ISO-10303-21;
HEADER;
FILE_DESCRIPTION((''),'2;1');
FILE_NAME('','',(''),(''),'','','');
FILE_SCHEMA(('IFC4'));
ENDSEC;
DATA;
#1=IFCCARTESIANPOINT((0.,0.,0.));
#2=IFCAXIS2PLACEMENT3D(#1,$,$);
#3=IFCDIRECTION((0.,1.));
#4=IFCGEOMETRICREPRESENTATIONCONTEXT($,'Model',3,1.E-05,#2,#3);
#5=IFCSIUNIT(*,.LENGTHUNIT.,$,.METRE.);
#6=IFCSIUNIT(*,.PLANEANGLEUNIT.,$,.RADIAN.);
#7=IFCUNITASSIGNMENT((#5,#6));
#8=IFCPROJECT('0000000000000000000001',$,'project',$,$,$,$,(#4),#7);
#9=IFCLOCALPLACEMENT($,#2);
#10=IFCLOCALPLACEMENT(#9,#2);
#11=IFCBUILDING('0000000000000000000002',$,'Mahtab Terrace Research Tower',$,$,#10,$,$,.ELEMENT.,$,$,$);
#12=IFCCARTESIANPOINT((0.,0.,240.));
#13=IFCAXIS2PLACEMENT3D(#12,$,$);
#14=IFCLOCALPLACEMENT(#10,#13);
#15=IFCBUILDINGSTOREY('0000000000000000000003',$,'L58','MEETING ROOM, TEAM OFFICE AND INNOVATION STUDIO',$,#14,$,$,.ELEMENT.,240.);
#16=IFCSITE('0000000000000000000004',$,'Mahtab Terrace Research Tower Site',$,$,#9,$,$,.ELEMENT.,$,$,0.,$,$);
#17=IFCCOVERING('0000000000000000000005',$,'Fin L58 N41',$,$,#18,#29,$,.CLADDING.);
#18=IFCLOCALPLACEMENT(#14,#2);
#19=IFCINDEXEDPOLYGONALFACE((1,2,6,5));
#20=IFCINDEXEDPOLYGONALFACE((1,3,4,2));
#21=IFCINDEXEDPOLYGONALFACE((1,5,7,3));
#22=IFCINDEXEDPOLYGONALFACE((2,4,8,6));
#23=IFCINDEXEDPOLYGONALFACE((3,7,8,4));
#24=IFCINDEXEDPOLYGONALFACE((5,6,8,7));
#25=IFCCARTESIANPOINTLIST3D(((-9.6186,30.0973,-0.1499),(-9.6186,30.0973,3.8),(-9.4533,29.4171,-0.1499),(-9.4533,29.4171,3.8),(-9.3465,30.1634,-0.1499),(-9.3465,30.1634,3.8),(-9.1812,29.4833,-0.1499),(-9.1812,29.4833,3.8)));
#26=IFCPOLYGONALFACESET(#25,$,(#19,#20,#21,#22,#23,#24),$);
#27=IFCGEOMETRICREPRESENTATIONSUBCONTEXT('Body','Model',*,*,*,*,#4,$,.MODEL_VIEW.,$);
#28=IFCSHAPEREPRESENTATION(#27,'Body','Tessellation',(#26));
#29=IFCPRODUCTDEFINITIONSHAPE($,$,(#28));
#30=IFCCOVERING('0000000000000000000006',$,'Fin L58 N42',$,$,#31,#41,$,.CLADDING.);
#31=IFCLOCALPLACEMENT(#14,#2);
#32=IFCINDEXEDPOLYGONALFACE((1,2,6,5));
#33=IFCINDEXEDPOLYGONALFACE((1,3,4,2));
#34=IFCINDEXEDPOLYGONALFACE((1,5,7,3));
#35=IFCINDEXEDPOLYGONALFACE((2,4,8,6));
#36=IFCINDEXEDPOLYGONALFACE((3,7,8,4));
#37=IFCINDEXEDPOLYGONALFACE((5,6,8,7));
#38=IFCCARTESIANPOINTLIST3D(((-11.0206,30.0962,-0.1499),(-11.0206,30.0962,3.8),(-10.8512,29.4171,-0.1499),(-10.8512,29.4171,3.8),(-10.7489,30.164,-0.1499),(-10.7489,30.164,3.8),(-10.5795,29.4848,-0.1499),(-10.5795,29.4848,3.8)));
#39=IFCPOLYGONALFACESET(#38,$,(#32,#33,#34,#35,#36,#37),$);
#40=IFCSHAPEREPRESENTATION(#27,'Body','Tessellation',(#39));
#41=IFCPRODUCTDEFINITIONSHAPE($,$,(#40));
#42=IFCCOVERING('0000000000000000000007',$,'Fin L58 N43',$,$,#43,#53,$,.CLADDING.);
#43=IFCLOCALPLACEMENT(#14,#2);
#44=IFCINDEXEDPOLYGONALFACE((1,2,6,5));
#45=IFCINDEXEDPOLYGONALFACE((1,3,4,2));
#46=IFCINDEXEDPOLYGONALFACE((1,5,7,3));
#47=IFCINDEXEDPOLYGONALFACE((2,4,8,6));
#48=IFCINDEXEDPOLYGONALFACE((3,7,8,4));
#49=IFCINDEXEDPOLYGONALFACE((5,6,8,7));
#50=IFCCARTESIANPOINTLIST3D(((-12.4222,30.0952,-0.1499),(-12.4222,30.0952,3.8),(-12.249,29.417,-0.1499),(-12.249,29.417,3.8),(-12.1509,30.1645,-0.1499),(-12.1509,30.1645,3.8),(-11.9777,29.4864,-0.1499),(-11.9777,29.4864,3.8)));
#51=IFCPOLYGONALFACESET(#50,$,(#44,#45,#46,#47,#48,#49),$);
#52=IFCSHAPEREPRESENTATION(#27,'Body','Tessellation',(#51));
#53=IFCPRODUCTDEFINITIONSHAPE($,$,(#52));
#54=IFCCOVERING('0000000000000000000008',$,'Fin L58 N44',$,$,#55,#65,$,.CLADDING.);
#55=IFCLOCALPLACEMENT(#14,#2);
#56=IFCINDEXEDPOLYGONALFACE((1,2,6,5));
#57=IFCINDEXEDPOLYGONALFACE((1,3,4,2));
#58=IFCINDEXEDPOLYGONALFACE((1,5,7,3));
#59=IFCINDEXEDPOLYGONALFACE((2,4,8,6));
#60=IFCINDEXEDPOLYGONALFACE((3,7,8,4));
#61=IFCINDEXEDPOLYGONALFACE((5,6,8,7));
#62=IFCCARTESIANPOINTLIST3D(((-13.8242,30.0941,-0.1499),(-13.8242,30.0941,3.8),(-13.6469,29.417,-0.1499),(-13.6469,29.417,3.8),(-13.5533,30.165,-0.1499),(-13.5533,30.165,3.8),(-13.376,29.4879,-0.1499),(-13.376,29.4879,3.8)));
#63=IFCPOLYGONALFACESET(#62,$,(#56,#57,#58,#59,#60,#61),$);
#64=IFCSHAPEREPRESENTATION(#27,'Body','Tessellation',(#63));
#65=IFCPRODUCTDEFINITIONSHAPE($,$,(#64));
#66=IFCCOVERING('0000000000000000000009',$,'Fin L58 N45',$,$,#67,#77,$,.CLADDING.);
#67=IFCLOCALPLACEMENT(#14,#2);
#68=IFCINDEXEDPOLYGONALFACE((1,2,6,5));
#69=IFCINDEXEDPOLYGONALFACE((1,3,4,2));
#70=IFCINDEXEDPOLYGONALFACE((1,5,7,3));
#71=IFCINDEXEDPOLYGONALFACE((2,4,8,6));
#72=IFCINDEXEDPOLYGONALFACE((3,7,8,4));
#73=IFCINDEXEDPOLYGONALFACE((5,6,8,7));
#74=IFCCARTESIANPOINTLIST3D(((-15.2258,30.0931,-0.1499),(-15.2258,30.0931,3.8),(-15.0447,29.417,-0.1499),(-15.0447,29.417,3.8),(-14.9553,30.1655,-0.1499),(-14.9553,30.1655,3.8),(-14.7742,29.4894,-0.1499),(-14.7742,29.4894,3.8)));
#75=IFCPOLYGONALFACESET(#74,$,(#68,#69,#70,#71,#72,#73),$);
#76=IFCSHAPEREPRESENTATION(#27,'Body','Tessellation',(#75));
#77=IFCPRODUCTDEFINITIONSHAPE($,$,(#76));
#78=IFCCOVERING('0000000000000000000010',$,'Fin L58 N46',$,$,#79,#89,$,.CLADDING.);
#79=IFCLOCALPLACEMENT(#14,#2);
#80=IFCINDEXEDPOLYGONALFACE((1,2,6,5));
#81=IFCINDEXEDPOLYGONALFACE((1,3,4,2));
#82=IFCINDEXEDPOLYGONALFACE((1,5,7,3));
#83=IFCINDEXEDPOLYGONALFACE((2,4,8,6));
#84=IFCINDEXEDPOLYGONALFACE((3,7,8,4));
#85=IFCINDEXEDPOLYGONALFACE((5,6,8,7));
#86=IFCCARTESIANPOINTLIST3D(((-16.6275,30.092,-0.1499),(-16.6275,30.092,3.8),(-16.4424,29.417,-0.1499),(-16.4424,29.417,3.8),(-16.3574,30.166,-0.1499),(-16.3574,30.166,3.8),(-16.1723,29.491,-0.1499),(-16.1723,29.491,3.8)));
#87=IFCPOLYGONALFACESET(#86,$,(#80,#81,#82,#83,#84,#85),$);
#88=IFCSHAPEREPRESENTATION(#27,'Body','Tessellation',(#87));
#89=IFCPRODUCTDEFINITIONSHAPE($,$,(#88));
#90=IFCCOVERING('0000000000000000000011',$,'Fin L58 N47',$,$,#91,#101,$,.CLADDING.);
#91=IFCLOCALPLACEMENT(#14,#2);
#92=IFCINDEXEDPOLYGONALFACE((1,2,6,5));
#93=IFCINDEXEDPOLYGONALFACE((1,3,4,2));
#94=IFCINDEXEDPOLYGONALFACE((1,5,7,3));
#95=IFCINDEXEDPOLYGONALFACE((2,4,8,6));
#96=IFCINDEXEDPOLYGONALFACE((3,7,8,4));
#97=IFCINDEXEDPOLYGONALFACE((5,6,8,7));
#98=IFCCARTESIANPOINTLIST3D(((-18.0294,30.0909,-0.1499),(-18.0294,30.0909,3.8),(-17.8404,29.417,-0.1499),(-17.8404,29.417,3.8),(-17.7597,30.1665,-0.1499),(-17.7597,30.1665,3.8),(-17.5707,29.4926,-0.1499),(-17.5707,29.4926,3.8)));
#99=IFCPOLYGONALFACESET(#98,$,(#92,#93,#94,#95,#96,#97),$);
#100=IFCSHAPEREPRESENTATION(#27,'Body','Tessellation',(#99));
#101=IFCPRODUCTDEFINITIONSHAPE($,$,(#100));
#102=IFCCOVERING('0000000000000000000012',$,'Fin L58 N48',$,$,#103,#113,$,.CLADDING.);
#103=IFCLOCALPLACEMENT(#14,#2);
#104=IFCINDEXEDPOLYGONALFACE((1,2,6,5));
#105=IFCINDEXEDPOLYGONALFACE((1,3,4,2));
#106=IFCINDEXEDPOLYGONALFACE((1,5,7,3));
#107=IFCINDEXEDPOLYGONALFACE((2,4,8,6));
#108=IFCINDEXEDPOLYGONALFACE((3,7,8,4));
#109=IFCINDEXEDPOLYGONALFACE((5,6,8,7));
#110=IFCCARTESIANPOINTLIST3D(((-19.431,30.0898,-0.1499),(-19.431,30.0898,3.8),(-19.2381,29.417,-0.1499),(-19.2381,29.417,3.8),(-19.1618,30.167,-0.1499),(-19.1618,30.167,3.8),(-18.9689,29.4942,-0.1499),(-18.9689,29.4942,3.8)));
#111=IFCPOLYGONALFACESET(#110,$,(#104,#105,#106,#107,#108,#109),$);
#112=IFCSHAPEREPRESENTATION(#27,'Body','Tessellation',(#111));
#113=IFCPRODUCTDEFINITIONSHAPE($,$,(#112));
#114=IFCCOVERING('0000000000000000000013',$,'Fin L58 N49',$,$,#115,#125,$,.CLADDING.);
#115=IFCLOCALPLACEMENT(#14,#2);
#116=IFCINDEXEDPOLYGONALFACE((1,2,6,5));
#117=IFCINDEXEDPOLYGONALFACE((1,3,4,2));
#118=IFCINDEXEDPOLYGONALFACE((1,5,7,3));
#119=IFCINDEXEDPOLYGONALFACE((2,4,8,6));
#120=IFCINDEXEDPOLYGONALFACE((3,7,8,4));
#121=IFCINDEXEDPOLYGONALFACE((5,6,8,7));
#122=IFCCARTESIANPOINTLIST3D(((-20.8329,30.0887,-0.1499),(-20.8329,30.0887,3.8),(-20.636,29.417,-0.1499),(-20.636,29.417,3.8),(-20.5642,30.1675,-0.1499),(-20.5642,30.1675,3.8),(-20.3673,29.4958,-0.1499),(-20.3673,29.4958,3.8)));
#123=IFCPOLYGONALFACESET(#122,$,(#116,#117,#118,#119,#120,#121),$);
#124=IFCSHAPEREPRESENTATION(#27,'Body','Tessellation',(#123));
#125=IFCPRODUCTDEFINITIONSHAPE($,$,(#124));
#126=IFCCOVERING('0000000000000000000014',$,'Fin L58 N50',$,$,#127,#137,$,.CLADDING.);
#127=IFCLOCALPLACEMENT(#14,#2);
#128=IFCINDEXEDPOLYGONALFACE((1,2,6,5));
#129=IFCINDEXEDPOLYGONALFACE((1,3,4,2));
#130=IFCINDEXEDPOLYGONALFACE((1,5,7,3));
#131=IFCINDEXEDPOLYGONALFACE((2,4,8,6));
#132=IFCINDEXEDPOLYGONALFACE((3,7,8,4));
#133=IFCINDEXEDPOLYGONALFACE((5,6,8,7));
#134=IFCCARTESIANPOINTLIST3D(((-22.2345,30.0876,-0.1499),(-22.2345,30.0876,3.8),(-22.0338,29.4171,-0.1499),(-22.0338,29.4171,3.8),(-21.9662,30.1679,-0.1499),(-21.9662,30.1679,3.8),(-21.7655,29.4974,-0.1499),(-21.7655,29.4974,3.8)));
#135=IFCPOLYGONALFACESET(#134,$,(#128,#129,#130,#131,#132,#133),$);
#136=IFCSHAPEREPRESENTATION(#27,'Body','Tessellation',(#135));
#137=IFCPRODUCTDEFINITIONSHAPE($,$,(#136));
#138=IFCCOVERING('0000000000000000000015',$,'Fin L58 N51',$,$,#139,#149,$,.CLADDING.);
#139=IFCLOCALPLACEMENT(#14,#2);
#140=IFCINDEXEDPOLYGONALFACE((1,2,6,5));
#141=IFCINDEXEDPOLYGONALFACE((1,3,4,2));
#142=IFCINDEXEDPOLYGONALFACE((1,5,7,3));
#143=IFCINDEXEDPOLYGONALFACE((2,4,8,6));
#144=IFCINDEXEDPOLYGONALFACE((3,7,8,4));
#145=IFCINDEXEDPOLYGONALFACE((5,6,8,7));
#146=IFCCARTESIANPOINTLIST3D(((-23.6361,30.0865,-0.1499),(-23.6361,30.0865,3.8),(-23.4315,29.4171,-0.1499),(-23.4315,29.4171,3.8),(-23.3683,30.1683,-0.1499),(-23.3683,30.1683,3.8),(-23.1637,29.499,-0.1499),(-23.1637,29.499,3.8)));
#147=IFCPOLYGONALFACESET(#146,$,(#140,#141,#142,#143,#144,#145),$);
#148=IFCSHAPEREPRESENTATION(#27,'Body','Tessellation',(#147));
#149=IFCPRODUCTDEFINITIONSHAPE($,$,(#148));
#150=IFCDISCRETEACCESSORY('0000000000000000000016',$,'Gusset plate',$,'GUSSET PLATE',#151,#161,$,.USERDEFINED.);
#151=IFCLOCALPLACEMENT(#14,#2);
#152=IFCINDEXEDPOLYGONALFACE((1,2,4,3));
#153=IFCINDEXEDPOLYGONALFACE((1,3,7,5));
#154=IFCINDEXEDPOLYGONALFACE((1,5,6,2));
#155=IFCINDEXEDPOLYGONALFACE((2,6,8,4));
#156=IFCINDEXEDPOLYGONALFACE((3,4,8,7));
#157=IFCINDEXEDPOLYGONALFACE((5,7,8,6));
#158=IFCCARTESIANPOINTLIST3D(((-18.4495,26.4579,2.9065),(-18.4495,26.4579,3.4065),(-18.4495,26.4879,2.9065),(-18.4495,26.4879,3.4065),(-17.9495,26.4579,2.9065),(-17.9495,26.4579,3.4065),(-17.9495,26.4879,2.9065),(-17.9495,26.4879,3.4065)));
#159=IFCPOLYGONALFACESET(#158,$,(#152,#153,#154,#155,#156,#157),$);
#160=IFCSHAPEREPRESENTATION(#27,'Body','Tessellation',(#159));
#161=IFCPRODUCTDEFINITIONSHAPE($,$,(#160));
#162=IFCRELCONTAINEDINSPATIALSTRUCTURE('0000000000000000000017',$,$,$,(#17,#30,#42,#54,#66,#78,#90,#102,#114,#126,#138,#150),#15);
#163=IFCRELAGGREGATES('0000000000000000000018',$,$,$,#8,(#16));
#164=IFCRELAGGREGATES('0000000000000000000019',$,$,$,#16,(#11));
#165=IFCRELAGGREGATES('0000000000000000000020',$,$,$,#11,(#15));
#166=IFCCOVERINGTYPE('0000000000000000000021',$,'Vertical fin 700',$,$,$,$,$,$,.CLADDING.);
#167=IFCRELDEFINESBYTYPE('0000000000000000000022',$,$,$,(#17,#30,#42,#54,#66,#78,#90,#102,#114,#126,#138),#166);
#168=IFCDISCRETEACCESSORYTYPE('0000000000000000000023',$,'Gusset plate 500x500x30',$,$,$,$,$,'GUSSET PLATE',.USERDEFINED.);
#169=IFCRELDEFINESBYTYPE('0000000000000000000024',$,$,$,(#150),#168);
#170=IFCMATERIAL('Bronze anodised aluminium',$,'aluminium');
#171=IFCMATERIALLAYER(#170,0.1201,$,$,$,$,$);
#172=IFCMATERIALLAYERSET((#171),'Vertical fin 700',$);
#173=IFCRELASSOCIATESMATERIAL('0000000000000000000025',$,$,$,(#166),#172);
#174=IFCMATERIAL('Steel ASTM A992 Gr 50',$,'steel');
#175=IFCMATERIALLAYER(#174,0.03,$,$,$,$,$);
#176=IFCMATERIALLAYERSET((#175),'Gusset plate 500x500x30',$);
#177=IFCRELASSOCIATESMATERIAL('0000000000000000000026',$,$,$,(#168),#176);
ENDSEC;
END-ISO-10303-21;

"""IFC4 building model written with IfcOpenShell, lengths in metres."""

from ifc_helpers import new_model, si_unit, direction, frame, origin, origin_2d, place, context, subcontext, project, spatial, rectangle, extrude, material, layer, layer_set, type_object, element, save


model = new_model("IFC4")

# Units and contexts
model_context = context("Model", 3, precision=1e-05, world=origin(), true_north=direction((0.0, 1.0)))
body_context = subcontext(model_context, "Body", "Model", "MODEL_VIEW")
ifc_project = project(units=[si_unit("LENGTHUNIT", "METRE"), si_unit("PLANEANGLEUNIT", "RADIAN")], contexts=[model_context])

# Site, building, storey
site_placement = place(None, origin())
site = spatial("IfcSite", under=ifc_project, at=site_placement, Name="Mahtab Terrace Research Tower Site", CompositionType="ELEMENT", RefElevation=0.0)
building_placement = place(site_placement, origin())
building = spatial("IfcBuilding", under=site, at=building_placement, Name="Mahtab Terrace Research Tower", CompositionType="ELEMENT")
storey_placement = place(building_placement, frame((0.0, 0.0, 240.0)))
storey = spatial("IfcBuildingStorey", under=building, at=storey_placement, Name="L58", Description="MEETING ROOM, TEAM OFFICE AND INNOVATION STUDIO", CompositionType="ELEMENT", Elevation=240.0)

# Shared definitions
ifc_material_1 = material(Name="Steel ASTM A992 Gr 50", Category="steel")

# Coverings
ifc_material_2 = material(Name="Bronze anodised aluminium", Category="aluminium")
ifc_layer_1 = layer(ifc_material_2, 0.1201)
ifc_layer_set_1 = layer_set([ifc_layer_1], Name="Vertical fin 700")
covering_type = type_object("IfcCoveringType", Name="Vertical fin 700", PredefinedType="CLADDING", material=ifc_layer_set_1)
for number, where, z_axis, x_axis, name in (
    (1, (-9.3999, 29.7903, -0.1499), (0.0, 0.0, 1.0), (-0.971687, -0.236273, 0.0), "Fin L58 N41"),
    (2, (-10.8, 29.7905, -0.1499), (0.0, 0.0, 1.0), (-0.970296, -0.241922, 0.0), "Fin L58 N42"),
    (3, (-12.2, 29.7908, -0.1499), (0.0, 0.0, 1.0), (-0.968872, -0.247563, 0.0), "Fin L58 N43"),
    (4, (-13.6001, 29.791, -0.1499), (0.0, 0.0, 1.0), (-0.967415, -0.253195, 0.0), "Fin L58 N44"),
    (5, (-15.0, 29.7913, -0.1499), (0.0, 0.0, 1.0), (-0.965926, -0.258819, 0.0), "Fin L58 N45"),
    (6, (-16.3999, 29.7915, -0.1499), (0.0, 0.0, 1.0), (-0.964404, -0.264434, 0.0), "Fin L58 N46"),
    (7, (-17.8, 29.7917, -0.1499), (0.0, 0.0, 1.0), (-0.962849, -0.27004, 0.0), "Fin L58 N47"),
    (8, (-19.2, 29.792, -0.1499), (0.0, 0.0, 1.0), (-0.961262, -0.275637, 0.0), "Fin L58 N48"),
    (9, (-20.6001, 29.7922, -0.1499), (0.0, 0.0, 1.0), (-0.959642, -0.281225, 0.0), "Fin L58 N49"),
    (10, (-22.0, 29.7925, -0.1499), (0.0, 0.0, 1.0), (-0.95799, -0.286803, 0.0), "Fin L58 N50"),
    (11, (-23.3999, 29.7927, -0.1499), (0.0, 0.0, 1.0), (-0.956305, -0.292372, 0.0), "Fin L58 N51"),
):
    element("IfcCovering", number, at=place(storey_placement, frame(where, z_axis=z_axis, x_axis=x_axis)), inside=storey, type_object=covering_type, Name=name, PredefinedType="CLADDING", context=body_context, shape_type="SweptSolid", body=[
        extrude(rectangle(XDim=0.28, YDim=0.7, at=origin_2d()), origin(), (0.0, 0.0, 1.0), 3.95),
    ])

# Discrete accessory
ifc_layer_2 = layer(ifc_material_1, 0.03)
ifc_layer_set_2 = layer_set([ifc_layer_2], Name="Gusset plate 500x500x30")
discrete_accessory_type = type_object("IfcDiscreteAccessoryType", Name="Gusset plate 500x500x30", ElementType="GUSSET PLATE", PredefinedType="USERDEFINED", material=ifc_layer_set_2)
discrete_accessory_placement = place(storey_placement, frame((-18.1995, 26.4729, 2.9065), z_axis=(0.0, 0.0, 1.0), x_axis=(1.0, 0.0, 0.0)))
element("IfcDiscreteAccessory", 12, at=discrete_accessory_placement, inside=storey, type_object=discrete_accessory_type, Name="Gusset plate", ObjectType="GUSSET PLATE", PredefinedType="USERDEFINED", context=body_context, shape_type="SweptSolid", body=[
    extrude(rectangle(XDim=0.5, YDim=0.03, at=origin_2d()), origin(), (0.0, 0.0, 1.0), 0.5),
])

save(model, "model.ifc")
